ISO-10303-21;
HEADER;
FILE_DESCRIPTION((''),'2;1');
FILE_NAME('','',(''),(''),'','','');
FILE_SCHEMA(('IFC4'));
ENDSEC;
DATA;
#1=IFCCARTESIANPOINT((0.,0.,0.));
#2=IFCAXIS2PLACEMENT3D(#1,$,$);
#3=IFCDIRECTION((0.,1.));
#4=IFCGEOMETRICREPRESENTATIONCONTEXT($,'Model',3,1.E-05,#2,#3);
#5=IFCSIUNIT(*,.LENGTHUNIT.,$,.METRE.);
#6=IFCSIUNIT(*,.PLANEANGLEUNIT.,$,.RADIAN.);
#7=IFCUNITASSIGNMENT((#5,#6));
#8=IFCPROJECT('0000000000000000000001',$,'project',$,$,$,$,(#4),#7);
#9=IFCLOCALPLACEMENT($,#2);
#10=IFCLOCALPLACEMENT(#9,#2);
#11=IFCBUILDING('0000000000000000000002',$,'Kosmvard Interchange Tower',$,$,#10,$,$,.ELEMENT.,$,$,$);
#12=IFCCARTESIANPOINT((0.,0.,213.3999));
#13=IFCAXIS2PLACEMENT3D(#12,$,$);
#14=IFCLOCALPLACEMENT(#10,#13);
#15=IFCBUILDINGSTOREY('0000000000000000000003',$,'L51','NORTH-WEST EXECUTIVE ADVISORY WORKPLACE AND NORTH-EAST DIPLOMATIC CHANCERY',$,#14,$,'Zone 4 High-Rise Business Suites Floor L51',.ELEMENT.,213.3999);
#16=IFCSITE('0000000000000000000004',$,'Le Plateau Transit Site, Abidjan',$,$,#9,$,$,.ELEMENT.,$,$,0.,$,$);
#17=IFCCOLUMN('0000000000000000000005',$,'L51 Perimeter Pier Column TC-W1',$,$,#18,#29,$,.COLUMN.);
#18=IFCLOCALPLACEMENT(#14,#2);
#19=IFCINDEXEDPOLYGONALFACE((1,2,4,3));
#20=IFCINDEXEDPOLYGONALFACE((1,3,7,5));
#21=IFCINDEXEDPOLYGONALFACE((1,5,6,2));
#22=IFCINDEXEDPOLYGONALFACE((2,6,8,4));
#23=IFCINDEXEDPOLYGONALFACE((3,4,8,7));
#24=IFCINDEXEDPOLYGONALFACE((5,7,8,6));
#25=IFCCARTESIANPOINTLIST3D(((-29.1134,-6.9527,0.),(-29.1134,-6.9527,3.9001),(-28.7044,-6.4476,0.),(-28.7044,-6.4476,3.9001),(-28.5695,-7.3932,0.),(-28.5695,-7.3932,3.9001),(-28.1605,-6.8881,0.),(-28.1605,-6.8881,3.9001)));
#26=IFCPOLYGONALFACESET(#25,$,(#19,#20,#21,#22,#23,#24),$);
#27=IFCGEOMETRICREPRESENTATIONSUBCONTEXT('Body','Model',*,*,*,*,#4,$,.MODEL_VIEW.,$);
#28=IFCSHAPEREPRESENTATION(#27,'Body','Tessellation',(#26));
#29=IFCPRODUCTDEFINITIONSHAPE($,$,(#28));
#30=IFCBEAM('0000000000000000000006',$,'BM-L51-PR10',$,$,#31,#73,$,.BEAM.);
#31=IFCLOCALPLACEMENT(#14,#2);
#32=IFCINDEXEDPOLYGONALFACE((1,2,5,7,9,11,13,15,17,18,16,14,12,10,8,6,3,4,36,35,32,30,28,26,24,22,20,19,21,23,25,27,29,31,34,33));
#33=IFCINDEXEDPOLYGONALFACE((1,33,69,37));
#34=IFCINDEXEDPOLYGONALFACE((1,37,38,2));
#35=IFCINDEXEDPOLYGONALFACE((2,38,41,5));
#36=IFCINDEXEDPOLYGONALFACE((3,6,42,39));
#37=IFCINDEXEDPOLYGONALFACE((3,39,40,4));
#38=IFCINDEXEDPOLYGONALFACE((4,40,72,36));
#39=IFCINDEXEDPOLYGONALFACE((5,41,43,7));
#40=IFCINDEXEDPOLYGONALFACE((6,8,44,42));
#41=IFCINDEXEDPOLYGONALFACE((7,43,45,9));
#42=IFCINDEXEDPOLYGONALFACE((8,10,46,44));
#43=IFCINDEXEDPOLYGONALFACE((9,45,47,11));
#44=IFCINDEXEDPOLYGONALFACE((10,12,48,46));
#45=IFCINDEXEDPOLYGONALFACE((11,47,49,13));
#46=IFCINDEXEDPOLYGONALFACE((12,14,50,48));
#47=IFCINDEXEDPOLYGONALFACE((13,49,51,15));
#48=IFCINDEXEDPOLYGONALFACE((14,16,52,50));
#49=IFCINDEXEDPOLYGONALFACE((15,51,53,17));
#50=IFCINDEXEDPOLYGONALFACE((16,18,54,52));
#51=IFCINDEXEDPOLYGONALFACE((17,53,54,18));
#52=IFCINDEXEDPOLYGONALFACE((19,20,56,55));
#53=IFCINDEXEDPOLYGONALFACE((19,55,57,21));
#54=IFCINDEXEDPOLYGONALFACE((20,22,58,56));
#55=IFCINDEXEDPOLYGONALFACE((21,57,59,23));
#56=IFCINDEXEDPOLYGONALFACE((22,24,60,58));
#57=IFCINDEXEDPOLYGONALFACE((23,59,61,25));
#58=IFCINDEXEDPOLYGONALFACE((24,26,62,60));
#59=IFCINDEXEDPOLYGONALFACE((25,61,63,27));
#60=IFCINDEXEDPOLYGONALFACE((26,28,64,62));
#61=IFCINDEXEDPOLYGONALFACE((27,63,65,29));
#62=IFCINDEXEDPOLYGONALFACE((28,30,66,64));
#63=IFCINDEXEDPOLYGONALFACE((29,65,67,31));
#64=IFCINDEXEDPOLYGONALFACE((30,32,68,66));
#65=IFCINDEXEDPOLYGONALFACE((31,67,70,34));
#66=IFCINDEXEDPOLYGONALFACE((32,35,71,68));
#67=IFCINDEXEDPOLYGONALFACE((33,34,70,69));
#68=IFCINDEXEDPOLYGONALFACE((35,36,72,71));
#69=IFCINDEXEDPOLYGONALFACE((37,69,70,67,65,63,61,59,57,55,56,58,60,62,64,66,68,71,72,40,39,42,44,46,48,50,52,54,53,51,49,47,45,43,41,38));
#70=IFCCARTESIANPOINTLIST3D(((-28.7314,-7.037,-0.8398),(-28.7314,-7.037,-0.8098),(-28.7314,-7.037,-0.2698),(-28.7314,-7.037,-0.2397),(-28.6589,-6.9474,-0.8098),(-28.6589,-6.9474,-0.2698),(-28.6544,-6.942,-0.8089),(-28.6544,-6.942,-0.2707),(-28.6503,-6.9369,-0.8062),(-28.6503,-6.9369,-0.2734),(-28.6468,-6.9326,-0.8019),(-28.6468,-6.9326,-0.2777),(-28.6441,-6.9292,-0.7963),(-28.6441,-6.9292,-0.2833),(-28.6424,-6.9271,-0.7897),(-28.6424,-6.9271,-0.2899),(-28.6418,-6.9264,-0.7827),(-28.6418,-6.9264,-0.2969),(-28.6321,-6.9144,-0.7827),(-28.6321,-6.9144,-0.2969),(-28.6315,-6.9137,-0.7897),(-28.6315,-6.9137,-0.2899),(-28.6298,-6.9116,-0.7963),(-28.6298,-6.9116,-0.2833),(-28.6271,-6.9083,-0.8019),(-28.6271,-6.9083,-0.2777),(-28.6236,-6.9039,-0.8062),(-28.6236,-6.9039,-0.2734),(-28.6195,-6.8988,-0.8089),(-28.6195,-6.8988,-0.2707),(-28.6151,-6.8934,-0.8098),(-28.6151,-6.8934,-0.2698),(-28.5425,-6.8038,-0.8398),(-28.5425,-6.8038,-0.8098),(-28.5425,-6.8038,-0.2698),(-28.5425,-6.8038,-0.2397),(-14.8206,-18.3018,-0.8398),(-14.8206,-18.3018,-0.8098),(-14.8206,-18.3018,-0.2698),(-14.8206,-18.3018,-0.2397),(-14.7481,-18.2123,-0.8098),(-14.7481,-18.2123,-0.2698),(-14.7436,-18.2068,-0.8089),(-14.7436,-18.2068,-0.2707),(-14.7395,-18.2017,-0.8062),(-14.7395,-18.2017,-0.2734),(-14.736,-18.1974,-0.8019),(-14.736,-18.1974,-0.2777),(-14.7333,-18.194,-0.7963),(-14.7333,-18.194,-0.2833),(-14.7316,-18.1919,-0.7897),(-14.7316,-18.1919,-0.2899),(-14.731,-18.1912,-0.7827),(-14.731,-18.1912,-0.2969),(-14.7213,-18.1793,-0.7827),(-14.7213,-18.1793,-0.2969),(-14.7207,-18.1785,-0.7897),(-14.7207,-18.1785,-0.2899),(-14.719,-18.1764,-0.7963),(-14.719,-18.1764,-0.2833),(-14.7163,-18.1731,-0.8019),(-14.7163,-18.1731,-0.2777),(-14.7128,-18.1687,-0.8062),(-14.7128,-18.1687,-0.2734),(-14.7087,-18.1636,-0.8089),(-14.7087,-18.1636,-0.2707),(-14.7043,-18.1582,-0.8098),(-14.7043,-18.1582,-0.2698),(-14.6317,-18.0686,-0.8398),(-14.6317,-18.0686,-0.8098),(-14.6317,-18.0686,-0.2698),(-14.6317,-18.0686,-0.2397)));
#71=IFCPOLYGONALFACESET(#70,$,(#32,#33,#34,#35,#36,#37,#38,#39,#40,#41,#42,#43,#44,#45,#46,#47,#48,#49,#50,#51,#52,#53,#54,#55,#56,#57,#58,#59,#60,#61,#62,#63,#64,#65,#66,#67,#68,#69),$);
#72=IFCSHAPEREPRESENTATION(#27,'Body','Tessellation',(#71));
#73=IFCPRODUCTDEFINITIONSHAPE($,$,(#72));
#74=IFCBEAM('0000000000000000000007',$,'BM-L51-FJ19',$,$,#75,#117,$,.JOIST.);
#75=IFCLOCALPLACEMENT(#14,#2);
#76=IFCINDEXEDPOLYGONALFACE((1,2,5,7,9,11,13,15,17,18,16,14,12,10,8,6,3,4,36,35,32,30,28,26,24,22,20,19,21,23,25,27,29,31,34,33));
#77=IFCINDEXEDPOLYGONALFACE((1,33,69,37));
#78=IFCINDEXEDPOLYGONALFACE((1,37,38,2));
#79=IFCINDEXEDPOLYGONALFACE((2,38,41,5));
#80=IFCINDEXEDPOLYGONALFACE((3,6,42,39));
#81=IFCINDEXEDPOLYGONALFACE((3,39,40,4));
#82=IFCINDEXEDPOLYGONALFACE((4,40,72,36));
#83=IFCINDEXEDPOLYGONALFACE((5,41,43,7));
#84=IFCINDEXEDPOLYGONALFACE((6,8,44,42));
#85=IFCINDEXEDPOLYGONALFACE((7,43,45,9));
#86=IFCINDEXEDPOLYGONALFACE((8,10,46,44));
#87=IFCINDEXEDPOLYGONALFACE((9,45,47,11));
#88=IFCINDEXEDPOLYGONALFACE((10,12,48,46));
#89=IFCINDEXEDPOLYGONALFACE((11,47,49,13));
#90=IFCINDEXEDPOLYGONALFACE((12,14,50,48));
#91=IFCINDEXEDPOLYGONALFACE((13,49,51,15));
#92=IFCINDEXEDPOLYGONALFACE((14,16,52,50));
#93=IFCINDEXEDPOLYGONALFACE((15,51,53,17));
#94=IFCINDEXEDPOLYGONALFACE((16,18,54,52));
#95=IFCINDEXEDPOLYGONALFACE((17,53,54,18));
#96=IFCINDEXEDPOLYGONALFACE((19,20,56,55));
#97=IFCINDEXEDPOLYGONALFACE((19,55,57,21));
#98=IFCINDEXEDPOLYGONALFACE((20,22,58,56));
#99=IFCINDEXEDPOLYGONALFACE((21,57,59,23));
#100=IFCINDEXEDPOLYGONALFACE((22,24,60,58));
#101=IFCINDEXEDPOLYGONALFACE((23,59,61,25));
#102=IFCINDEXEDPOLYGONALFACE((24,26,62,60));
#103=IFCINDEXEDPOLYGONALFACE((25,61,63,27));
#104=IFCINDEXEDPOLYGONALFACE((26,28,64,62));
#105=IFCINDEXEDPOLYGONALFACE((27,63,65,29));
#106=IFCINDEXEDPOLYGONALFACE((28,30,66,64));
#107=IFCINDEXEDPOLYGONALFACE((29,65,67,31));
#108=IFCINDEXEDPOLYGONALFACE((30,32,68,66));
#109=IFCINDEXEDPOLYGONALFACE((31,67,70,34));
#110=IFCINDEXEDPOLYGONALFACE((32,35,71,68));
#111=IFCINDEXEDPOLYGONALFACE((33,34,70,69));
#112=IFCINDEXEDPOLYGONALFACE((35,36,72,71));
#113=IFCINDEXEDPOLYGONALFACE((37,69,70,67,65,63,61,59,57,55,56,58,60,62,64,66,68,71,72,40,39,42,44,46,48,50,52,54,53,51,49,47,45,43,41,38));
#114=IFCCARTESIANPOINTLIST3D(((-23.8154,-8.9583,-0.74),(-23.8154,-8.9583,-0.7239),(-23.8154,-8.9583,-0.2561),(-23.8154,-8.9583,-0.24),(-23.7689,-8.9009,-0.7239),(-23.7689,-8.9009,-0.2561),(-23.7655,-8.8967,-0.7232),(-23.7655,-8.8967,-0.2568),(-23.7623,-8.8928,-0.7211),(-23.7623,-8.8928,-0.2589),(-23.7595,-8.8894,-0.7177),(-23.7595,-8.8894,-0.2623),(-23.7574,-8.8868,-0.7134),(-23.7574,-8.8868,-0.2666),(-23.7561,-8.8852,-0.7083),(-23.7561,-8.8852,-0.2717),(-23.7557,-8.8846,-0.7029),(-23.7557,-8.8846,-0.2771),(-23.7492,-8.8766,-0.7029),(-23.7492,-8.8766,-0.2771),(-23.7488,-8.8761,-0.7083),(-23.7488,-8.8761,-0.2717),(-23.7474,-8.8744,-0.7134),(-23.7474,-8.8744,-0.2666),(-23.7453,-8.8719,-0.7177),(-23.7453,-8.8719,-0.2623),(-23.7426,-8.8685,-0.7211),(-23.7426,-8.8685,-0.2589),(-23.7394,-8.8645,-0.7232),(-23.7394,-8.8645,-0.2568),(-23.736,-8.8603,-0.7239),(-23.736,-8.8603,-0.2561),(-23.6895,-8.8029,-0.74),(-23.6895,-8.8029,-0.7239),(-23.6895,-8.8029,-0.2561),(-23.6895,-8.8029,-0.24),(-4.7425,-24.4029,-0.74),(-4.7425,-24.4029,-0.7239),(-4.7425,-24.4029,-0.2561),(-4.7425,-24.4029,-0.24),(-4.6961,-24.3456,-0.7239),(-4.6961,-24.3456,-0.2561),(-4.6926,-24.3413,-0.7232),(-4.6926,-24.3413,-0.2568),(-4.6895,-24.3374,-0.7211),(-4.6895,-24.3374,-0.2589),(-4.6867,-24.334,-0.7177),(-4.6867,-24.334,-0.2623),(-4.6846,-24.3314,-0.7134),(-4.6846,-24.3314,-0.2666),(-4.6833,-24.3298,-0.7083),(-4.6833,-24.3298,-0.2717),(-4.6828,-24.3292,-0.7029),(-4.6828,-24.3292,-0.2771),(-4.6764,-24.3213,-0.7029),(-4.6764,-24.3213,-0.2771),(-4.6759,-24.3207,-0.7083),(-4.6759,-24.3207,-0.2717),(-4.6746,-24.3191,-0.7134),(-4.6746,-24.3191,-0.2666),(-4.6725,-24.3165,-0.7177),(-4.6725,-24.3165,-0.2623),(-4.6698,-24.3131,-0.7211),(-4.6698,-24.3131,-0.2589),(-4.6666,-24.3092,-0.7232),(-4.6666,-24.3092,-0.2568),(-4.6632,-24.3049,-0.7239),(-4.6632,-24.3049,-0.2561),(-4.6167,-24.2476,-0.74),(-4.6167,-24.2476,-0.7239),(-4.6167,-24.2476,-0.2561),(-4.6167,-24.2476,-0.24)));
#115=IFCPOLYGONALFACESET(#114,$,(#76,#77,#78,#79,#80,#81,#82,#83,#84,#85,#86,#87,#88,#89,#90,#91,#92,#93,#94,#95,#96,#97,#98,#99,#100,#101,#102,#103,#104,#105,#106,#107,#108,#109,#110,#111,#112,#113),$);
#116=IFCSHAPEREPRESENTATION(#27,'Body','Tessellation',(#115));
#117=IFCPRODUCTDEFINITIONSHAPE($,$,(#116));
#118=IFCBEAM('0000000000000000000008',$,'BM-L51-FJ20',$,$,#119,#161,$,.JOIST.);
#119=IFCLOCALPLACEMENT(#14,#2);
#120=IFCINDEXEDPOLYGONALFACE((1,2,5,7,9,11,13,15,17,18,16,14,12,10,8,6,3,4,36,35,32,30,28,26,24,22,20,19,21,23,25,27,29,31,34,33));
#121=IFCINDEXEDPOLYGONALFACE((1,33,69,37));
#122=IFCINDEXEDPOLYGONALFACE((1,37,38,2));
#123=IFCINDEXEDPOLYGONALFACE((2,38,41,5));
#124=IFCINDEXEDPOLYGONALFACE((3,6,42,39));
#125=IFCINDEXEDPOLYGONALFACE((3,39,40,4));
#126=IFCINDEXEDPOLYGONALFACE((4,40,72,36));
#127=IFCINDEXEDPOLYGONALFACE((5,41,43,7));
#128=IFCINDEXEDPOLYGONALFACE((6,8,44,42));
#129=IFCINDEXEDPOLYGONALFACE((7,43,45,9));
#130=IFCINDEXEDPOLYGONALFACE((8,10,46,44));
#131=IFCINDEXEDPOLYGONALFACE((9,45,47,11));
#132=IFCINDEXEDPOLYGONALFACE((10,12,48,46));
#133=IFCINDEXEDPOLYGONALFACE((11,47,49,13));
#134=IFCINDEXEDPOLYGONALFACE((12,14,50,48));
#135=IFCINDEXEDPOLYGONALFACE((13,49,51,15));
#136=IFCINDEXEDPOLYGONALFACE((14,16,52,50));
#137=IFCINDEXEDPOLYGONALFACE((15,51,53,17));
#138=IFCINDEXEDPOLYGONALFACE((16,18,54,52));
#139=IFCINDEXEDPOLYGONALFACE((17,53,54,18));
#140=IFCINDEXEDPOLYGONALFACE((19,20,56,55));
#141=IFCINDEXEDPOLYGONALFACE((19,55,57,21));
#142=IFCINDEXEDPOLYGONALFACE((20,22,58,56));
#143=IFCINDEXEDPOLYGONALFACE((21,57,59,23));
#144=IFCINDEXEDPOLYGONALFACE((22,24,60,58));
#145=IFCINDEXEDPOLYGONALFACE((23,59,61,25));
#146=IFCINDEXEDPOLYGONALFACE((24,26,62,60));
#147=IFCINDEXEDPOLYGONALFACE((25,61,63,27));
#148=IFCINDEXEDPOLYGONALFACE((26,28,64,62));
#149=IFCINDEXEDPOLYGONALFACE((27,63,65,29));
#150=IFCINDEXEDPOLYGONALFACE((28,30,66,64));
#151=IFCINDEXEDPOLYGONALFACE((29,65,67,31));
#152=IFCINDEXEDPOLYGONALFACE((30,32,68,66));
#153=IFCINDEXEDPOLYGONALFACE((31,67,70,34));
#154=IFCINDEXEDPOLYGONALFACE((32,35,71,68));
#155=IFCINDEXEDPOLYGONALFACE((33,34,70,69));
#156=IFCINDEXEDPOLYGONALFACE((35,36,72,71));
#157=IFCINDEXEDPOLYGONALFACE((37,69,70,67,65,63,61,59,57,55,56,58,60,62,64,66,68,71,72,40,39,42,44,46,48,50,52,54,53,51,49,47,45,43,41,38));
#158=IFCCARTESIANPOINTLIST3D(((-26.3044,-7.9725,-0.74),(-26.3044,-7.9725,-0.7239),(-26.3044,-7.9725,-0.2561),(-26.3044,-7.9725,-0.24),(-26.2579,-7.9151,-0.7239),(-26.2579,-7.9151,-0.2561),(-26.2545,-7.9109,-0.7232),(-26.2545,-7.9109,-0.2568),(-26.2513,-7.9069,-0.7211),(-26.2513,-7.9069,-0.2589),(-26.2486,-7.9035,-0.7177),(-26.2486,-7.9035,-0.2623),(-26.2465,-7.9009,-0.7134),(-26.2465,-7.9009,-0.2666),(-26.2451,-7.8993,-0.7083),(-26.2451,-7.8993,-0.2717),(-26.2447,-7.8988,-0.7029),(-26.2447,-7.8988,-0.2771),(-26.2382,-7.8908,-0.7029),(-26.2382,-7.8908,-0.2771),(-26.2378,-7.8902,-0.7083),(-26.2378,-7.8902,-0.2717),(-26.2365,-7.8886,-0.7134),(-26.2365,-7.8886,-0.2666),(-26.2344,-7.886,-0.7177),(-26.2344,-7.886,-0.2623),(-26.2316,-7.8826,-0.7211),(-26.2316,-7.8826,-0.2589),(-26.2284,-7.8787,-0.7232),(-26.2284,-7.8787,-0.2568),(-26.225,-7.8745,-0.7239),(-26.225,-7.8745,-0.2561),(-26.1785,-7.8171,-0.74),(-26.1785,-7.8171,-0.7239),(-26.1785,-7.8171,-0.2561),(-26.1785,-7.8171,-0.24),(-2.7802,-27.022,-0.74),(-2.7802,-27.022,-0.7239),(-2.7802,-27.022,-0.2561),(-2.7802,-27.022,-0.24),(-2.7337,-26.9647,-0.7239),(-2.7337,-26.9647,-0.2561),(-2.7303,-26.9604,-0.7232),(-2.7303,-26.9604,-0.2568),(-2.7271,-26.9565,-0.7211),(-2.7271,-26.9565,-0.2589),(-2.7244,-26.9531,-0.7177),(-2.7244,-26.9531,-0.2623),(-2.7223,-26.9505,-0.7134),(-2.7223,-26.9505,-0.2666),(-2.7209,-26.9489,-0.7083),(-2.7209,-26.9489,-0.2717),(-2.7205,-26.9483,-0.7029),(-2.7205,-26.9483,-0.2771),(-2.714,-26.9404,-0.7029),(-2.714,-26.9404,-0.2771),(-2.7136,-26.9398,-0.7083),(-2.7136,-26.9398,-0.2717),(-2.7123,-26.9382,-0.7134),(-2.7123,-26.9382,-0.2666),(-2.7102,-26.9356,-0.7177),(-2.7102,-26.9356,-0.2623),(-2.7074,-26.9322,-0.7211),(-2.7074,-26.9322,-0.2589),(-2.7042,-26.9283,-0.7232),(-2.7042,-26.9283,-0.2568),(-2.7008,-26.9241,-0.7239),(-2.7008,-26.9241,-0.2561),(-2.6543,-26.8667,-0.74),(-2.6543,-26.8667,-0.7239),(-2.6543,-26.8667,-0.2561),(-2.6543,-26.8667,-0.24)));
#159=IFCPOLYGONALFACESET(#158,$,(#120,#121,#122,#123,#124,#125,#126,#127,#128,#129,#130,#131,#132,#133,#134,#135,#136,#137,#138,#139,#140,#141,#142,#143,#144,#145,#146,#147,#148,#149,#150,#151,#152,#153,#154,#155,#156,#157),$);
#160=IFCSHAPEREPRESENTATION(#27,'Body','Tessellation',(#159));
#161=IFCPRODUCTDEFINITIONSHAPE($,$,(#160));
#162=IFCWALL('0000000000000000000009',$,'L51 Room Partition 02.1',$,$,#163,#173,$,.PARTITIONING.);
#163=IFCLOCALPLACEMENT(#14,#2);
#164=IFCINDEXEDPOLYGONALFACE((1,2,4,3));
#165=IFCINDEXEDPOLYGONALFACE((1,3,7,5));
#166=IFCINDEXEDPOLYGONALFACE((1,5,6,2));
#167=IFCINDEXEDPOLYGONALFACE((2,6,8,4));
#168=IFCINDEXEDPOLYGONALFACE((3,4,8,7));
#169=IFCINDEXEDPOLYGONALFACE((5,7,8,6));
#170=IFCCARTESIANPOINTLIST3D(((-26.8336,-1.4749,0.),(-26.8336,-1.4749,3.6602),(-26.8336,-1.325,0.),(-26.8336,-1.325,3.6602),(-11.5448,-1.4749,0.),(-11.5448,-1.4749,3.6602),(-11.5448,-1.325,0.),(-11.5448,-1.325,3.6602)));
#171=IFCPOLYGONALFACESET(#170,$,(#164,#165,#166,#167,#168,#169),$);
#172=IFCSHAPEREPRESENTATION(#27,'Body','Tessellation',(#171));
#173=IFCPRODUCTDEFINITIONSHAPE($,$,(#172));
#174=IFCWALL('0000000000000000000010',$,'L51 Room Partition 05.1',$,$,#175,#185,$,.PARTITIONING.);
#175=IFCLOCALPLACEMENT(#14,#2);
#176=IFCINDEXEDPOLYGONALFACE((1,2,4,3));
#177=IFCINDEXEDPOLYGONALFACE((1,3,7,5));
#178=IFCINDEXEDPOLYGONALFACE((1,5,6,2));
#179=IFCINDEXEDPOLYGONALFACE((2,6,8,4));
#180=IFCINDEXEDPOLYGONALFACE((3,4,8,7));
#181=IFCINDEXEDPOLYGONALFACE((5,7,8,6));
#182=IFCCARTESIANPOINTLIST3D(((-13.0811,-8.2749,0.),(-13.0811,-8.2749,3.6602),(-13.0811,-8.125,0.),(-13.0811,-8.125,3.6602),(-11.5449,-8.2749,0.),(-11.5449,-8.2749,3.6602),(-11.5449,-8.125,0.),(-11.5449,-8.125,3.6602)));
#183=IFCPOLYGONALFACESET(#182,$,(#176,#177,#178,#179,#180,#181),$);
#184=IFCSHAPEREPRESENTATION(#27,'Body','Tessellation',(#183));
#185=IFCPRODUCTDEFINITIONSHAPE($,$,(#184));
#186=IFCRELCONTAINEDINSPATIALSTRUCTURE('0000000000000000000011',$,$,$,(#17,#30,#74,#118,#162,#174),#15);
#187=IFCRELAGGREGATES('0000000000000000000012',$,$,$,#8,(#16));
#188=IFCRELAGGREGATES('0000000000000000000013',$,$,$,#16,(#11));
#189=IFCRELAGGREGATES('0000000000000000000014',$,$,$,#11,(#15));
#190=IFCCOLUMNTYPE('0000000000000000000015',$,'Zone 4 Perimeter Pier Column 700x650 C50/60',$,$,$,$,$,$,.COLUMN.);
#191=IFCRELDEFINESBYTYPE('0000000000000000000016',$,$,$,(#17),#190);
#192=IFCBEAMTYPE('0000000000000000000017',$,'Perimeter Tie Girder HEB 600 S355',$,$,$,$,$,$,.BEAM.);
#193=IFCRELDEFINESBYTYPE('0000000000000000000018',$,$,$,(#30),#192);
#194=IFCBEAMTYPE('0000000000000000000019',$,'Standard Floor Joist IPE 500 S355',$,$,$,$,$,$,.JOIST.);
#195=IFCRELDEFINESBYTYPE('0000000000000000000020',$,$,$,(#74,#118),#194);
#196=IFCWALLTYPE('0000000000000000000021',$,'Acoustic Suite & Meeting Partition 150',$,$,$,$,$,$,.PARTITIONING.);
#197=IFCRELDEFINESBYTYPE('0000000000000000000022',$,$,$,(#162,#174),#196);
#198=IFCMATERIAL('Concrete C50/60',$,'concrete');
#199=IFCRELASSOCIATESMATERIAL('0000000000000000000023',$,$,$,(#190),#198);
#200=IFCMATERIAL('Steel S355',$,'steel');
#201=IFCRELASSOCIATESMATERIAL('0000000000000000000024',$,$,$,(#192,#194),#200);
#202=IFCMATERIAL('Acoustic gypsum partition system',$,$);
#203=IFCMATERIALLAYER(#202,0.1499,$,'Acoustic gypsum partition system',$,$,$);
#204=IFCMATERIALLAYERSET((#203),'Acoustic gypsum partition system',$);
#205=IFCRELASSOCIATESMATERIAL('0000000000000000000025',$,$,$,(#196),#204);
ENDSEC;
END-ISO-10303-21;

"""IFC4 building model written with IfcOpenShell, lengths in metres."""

from ifc_helpers import new_model, si_unit, direction, frame, frame_2d, origin, origin_2d, place, context, subcontext, project, spatial, rectangle, i_section, extrude, source, transform, mapped, material, layer, layer_set, material_profile, profile_set, type_object, element, save


model = new_model("IFC4")

# Units and contexts
model_context = context("Model", 3, precision=1e-05, world=origin(), true_north=direction((0.0, 1.0)))
body_context = subcontext(model_context, "Body", "Model", "MODEL_VIEW")
ifc_project = project(units=[si_unit("LENGTHUNIT", "METRE"), si_unit("PLANEANGLEUNIT", "RADIAN")], contexts=[model_context])

# Site, building, storey
site_placement = place(None, origin())
site = spatial("IfcSite", under=ifc_project, at=site_placement, Name="Le Plateau Transit Site, Abidjan", CompositionType="ELEMENT", RefElevation=0.0)
building_placement = place(site_placement, origin())
building = spatial("IfcBuilding", under=site, at=building_placement, Name="Kosmvard Interchange Tower", CompositionType="ELEMENT")
storey_placement = place(building_placement, frame((0.0, 0.0, 213.3999)))
storey = spatial("IfcBuildingStorey", under=building, at=storey_placement, Name="L51", Description="NORTH-WEST EXECUTIVE ADVISORY WORKPLACE AND NORTH-EAST DIPLOMATIC CHANCERY", LongName="Zone 4 High-Rise Business Suites Floor L51", CompositionType="ELEMENT", Elevation=213.3999)

# Column
ifc_material_1 = material(Name="Concrete C50/60", Category="concrete")
ifc_material_profile_1 = material_profile(ifc_material_1, rectangle(XDim=0.6499, YDim=0.7, at=origin_2d()), Name="TC 700x650")
ifc_profile_set_1 = profile_set([ifc_material_profile_1], Name="Concrete C50/60")
column_type = type_object("IfcColumnType", Name="Zone 4 Perimeter Pier Column 700x650 C50/60", PredefinedType="COLUMN", material=ifc_profile_set_1)
shared_shape_1 = source(origin(), body_context, "Body", "SweptSolid", [
    extrude(rectangle(XDim=0.6499, YDim=0.7, at=origin_2d()), origin(), (0.0, 0.0, 1.0), 3.9001),
])
column_placement = place(storey_placement, frame((-28.637, -6.9204, 0.0), z_axis=(0.0, 0.0, 1.0), x_axis=(0.62932, 0.777146, 0.0)))
element("IfcColumn", 1, at=column_placement, inside=storey, type_object=column_type, Name="L51 Perimeter Pier Column TC-W1", PredefinedType="COLUMN", context=body_context, shape_type="MappedRepresentation", body=[
    mapped(shared_shape_1, transform((0.0, 0.0, 0.0), scale=1.0)),
])

# Beams
ifc_material_2 = material(Name="Steel S355", Category="steel")
ifc_material_profile_2 = material_profile(ifc_material_2, i_section(OverallWidth=0.3, OverallDepth=0.6001, WebThickness=0.0154, FlangeThickness=0.03, FilletRadius=0.0271, at=origin_2d()), Name="HEB 600")
ifc_profile_set_2 = profile_set([ifc_material_profile_2], Name="Steel S355")
beam_type_1 = type_object("IfcBeamType", Name="Perimeter Tie Girder HEB 600 S355", PredefinedType="BEAM", material=ifc_profile_set_2)
shared_shape_2 = source(origin(), body_context, "Body", "SweptSolid", [
    extrude(i_section(OverallWidth=0.3, OverallDepth=0.6001, WebThickness=0.0154, FlangeThickness=0.03, FilletRadius=0.0271, at=origin_2d()), origin(), (0.0, 0.0, 1.0), 17.8999),
])
beam_1_placement = place(storey_placement, frame((-28.637, -6.9204, -0.5398), z_axis=(0.777144, -0.629323, 0.0), x_axis=(0.629323, 0.777144, 0.0)))
element("IfcBeam", 2, at=beam_1_placement, inside=storey, type_object=beam_type_1, Name="BM-L51-PR10", PredefinedType="BEAM", context=body_context, shape_type="MappedRepresentation", body=[
    mapped(shared_shape_2, transform((0.0, 0.0, 0.0), scale=1.0)),
])
ifc_material_profile_3 = material_profile(ifc_material_2, i_section(OverallWidth=0.2, OverallDepth=0.5, WebThickness=0.0103, FlangeThickness=0.0161, FilletRadius=0.021, at=origin_2d()), Name="IPE 500")
ifc_profile_set_3 = profile_set([ifc_material_profile_3], Name="Steel S355")
beam_type_2 = type_object("IfcBeamType", Name="Standard Floor Joist IPE 500 S355", PredefinedType="JOIST", material=ifc_profile_set_3)
shared_shape_3 = source(origin(), body_context, "Body", "SweptSolid", [
    extrude(i_section(OverallWidth=0.2, OverallDepth=0.5, WebThickness=0.0103, FlangeThickness=0.0161, FilletRadius=0.021, at=origin_2d()), origin(), (0.0, 0.0, 1.0), 24.542),
])
beam_2_placement = place(storey_placement, frame((-23.7524, -8.8806, -0.49), z_axis=(0.777151, -0.629315, 0.0), x_axis=(0.629315, 0.777151, 0.0)))
element("IfcBeam", 3, at=beam_2_placement, inside=storey, type_object=beam_type_2, Name="BM-L51-FJ19", PredefinedType="JOIST", context=body_context, shape_type="MappedRepresentation", body=[
    mapped(shared_shape_3, transform((0.0, 0.0, 0.0), scale=1.0)),
])
shared_shape_4 = source(origin(), body_context, "Body", "SweptSolid", [
    extrude(i_section(OverallWidth=0.2, OverallDepth=0.5, WebThickness=0.0103, FlangeThickness=0.0161, FilletRadius=0.021, at=origin_2d()), origin(), (0.0, 0.0, 1.0), 30.27),
])
beam_3_placement = place(storey_placement, frame((-26.2415, -7.8948, -0.49), z_axis=(0.777145, -0.629322, 0.0), x_axis=(0.629322, 0.777145, 0.0)))
element("IfcBeam", 4, at=beam_3_placement, inside=storey, type_object=beam_type_2, Name="BM-L51-FJ20", PredefinedType="JOIST", context=body_context, shape_type="MappedRepresentation", body=[
    mapped(shared_shape_4, transform((0.0, 0.0, 0.0), scale=1.0)),
])

# Walls
ifc_material_3 = material(Name="Acoustic gypsum partition system")
ifc_layer_1 = layer(ifc_material_3, 0.1499, Name="Acoustic gypsum partition system")
ifc_layer_set_1 = layer_set([ifc_layer_1], Name="Acoustic gypsum partition system")
wall_type_1 = type_object("IfcWallType", Name="Acoustic Suite & Meeting Partition 150", PredefinedType="PARTITIONING", material=ifc_layer_set_1)
wall_1_placement = place(storey_placement, frame((-26.8337, -1.3999, 0.0), z_axis=(0.0, 0.0, 1.0), x_axis=(1.0, 0.0, 0.0)))
element("IfcWall", 5, at=wall_1_placement, inside=storey, type_object=wall_type_1, Name="L51 Room Partition 02.1", PredefinedType="PARTITIONING", context=body_context, shape_type="SweptSolid", body=[
    extrude(rectangle(XDim=15.2888, YDim=0.1499, at=frame_2d((7.6445, 0.0))), origin(), (0.0, 0.0, 1.0), 3.6602),
])
wall_2_placement = place(storey_placement, frame((-11.5449, -8.2, 0.0), z_axis=(0.0, 0.0, 1.0), x_axis=(-1.0, 0.0, 0.0)))
element("IfcWall", 6, at=wall_2_placement, inside=storey, type_object=wall_type_1, Name="L51 Room Partition 05.1", PredefinedType="PARTITIONING", context=body_context, shape_type="SweptSolid", body=[
    extrude(rectangle(XDim=1.5361, YDim=0.1499, at=frame_2d((0.7681, 0.0))), origin(), (0.0, 0.0, 1.0), 3.6602),
])

save(model, "model.ifc")
